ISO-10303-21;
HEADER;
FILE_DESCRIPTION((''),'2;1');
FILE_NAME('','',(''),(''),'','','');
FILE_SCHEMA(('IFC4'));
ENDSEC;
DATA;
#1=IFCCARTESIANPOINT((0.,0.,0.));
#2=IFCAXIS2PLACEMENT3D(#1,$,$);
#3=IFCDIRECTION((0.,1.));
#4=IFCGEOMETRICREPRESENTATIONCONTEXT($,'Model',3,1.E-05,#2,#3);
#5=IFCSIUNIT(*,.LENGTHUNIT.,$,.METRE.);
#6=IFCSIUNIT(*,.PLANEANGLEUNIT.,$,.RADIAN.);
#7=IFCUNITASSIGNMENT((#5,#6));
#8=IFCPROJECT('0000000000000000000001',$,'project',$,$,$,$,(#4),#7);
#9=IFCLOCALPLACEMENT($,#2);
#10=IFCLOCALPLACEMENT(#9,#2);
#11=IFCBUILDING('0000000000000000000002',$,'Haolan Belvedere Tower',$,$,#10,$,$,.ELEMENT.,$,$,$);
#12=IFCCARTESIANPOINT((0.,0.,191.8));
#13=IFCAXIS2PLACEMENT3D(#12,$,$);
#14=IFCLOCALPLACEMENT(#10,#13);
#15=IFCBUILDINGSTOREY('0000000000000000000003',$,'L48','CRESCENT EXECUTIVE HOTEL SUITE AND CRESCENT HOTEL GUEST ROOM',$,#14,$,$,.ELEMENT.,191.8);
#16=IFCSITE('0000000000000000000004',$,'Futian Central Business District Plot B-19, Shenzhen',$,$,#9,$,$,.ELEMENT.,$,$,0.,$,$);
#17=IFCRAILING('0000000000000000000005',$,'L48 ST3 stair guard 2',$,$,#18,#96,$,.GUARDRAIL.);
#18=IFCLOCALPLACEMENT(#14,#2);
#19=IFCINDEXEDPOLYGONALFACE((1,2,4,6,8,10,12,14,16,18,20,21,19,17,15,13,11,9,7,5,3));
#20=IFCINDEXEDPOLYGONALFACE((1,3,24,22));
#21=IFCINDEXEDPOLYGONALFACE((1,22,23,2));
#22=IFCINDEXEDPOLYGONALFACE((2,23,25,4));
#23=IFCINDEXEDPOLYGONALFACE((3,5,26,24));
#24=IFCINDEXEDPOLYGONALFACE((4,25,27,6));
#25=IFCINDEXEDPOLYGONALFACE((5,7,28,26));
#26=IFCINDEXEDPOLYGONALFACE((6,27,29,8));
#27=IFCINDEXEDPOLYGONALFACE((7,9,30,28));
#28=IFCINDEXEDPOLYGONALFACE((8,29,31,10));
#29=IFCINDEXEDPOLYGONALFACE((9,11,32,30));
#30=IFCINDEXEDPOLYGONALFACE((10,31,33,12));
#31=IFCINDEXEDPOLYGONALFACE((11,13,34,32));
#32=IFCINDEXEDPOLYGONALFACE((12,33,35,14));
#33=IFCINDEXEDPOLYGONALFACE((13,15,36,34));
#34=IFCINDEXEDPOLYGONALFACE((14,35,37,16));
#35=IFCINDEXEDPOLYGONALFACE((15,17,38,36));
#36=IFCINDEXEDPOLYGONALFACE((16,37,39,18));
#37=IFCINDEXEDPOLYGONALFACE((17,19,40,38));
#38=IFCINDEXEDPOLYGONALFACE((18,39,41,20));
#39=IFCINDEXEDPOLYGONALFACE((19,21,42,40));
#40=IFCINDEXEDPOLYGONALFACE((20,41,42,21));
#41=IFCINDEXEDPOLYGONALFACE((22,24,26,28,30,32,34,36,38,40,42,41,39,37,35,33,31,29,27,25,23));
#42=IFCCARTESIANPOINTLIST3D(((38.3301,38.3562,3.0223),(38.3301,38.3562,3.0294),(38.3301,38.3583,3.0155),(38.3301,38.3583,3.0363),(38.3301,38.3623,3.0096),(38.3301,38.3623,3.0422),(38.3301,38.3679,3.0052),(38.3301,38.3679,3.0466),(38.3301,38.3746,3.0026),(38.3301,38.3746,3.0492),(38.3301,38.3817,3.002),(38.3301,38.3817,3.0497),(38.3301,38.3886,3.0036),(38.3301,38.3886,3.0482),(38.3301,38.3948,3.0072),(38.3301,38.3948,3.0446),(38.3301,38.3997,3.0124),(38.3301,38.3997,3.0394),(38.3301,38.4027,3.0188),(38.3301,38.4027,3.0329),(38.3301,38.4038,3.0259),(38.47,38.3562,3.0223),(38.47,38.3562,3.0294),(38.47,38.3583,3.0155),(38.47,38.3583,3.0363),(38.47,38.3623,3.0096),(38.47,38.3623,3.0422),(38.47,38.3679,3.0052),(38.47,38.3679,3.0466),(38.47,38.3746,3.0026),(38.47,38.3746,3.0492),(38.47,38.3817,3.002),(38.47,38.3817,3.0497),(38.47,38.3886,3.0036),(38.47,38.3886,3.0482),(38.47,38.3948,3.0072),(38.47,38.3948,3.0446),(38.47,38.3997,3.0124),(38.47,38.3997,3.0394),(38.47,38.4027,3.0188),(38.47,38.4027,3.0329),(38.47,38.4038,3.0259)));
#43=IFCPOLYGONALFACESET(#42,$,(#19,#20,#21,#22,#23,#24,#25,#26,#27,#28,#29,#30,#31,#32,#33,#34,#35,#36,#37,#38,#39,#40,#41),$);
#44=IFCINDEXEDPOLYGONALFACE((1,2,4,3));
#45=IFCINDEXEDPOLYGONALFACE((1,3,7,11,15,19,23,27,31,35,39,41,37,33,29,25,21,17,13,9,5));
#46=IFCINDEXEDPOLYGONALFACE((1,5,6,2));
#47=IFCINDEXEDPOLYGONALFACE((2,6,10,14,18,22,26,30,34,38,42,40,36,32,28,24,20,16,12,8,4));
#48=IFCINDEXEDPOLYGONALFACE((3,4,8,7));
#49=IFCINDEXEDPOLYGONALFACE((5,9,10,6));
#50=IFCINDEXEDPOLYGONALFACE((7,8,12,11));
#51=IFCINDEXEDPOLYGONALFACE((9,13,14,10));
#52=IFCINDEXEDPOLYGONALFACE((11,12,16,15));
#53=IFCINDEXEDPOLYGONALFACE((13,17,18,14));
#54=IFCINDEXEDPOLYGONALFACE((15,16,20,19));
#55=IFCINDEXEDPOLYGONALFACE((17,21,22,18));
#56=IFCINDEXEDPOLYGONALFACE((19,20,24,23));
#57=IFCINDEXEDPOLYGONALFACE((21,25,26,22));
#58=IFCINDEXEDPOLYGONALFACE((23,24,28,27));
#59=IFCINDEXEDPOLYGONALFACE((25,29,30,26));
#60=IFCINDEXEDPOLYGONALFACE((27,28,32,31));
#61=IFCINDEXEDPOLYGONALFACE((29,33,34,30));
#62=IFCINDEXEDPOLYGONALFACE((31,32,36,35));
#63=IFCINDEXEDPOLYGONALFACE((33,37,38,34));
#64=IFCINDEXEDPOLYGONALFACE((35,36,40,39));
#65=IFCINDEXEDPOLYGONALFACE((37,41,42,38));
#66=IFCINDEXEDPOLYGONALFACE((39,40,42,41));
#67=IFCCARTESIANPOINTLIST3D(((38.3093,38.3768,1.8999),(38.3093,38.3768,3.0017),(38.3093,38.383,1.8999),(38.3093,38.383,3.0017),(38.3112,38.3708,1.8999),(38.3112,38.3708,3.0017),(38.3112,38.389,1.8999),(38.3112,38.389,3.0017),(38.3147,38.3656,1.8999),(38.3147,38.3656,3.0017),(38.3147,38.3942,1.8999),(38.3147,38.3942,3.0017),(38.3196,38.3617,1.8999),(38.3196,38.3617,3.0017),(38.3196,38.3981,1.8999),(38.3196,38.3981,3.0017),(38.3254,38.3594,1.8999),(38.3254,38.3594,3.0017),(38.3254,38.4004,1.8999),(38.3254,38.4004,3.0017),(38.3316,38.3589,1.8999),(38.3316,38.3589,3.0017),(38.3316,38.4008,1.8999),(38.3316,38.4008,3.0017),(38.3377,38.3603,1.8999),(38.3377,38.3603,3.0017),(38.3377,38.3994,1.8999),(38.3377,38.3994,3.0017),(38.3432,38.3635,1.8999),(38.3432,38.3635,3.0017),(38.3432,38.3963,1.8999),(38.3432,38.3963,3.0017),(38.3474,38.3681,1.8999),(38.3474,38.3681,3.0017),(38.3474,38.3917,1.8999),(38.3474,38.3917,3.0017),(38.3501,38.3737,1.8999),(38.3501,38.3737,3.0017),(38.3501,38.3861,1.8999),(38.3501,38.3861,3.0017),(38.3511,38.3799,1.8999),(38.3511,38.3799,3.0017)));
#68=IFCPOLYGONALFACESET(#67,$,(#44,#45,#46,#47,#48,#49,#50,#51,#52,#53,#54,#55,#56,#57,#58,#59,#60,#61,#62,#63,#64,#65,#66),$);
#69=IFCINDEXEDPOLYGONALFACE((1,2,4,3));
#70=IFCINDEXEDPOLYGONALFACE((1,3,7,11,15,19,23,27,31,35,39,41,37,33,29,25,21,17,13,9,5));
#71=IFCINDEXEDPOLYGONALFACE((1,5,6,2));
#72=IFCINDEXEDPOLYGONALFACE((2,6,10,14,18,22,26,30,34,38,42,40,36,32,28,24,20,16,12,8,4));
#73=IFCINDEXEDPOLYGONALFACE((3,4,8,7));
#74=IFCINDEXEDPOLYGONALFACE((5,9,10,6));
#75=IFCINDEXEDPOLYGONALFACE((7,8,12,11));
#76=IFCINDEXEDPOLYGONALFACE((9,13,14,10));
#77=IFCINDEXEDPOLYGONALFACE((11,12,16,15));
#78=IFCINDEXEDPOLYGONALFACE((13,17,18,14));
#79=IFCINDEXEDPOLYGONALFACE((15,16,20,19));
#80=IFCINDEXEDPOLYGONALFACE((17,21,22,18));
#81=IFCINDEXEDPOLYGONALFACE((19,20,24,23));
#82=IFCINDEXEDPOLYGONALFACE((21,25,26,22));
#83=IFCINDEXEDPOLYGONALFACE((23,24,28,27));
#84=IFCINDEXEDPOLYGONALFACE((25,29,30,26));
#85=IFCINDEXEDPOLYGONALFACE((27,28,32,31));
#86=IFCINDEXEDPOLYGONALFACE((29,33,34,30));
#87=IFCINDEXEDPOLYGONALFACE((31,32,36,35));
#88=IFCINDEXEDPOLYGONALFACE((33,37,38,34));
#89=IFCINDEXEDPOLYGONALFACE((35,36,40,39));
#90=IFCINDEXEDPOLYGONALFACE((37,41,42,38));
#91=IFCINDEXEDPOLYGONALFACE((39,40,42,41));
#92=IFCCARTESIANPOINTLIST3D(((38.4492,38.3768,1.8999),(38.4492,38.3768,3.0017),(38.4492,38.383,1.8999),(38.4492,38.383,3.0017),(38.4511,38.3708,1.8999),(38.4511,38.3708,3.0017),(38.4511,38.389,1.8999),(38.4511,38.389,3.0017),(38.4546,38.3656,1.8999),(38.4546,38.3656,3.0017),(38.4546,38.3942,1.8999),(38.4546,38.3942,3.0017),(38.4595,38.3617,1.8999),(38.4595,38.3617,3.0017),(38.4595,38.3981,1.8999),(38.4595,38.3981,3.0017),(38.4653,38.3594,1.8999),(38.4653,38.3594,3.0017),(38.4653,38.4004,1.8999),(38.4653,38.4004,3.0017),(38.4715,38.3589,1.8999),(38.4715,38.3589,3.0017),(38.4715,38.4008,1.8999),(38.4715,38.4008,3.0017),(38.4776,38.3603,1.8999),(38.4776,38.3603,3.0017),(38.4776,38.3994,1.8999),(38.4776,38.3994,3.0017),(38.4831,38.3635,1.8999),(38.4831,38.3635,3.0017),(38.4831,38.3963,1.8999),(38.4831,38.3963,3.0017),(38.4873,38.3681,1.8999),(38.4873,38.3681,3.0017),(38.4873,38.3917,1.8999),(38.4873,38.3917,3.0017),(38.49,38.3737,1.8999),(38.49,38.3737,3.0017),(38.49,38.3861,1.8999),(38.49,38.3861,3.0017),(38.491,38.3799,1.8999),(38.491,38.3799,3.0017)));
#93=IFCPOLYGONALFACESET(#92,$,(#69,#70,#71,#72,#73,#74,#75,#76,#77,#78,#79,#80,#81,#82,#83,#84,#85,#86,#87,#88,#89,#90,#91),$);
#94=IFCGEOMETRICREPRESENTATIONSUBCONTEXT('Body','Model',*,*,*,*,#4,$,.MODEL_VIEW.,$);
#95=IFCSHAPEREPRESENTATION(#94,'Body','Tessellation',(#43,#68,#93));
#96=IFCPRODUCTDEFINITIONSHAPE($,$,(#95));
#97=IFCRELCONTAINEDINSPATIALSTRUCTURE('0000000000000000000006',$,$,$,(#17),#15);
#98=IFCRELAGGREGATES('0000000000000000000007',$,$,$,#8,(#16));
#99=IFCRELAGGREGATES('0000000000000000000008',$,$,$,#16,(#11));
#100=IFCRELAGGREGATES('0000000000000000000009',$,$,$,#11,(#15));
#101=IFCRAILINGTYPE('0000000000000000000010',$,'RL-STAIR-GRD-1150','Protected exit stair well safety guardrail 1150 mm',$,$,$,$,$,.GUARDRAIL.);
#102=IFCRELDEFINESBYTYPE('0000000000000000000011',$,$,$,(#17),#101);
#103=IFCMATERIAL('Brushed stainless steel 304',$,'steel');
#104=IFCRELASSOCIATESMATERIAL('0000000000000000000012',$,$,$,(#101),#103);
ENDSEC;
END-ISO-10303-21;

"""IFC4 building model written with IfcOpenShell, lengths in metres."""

from ifc_helpers import new_model, si_unit, direction, frame, origin, origin_2d, place, context, subcontext, project, spatial, circle, extrude, material, type_object, element, save


model = new_model("IFC4")

# Units and contexts
model_context = context("Model", 3, precision=1e-05, world=origin(), true_north=direction((0.0, 1.0)))
body_context = subcontext(model_context, "Body", "Model", "MODEL_VIEW")
ifc_project = project(units=[si_unit("LENGTHUNIT", "METRE"), si_unit("PLANEANGLEUNIT", "RADIAN")], contexts=[model_context])

# Site, building, storey
site_placement = place(None, origin())
site = spatial("IfcSite", under=ifc_project, at=site_placement, Name="Futian Central Business District Plot B-19, Shenzhen", CompositionType="ELEMENT", RefElevation=0.0)
building_placement = place(site_placement, origin())
building = spatial("IfcBuilding", under=site, at=building_placement, Name="Haolan Belvedere Tower", CompositionType="ELEMENT")
storey_placement = place(building_placement, frame((0.0, 0.0, 191.8)))
storey = spatial("IfcBuildingStorey", under=building, at=storey_placement, Name="L48", Description="CRESCENT EXECUTIVE HOTEL SUITE AND CRESCENT HOTEL GUEST ROOM", CompositionType="ELEMENT", Elevation=191.8)

# Railing
ifc_material_1 = material(Name="Brushed stainless steel 304", Category="steel")
railing_type_1 = type_object("IfcRailingType", Name="RL-STAIR-GRD-1150", Description="Protected exit stair well safety guardrail 1150 mm", PredefinedType="GUARDRAIL", material=ifc_material_1)
railing_1_placement = place(storey_placement, frame((38.3301, 38.3799, 1.8999)))
element("IfcRailing", 1, at=railing_1_placement, inside=storey, type_object=railing_type_1, Name="L48 ST3 stair guard 2", PredefinedType="GUARDRAIL", context=body_context, shape_type="SweptSolid", body=[
    extrude(circle(Radius=0.0239, at=origin_2d()), frame((0.0, 0.0, 1.126), z_axis=(1.0, 0.0, 0.0), x_axis=(0.0, 1.0, 0.0)), (0.0, 0.0, 1.0), 0.1399),
    extrude(circle(Radius=0.021, at=origin_2d()), origin(), (0.0, 0.0, 1.0), 1.1018),
    extrude(circle(Radius=0.021, at=origin_2d()), frame((0.1399, 0.0, 0.0)), (0.0, 0.0, 1.0), 1.1018),
])

save(model, "model.ifc")
